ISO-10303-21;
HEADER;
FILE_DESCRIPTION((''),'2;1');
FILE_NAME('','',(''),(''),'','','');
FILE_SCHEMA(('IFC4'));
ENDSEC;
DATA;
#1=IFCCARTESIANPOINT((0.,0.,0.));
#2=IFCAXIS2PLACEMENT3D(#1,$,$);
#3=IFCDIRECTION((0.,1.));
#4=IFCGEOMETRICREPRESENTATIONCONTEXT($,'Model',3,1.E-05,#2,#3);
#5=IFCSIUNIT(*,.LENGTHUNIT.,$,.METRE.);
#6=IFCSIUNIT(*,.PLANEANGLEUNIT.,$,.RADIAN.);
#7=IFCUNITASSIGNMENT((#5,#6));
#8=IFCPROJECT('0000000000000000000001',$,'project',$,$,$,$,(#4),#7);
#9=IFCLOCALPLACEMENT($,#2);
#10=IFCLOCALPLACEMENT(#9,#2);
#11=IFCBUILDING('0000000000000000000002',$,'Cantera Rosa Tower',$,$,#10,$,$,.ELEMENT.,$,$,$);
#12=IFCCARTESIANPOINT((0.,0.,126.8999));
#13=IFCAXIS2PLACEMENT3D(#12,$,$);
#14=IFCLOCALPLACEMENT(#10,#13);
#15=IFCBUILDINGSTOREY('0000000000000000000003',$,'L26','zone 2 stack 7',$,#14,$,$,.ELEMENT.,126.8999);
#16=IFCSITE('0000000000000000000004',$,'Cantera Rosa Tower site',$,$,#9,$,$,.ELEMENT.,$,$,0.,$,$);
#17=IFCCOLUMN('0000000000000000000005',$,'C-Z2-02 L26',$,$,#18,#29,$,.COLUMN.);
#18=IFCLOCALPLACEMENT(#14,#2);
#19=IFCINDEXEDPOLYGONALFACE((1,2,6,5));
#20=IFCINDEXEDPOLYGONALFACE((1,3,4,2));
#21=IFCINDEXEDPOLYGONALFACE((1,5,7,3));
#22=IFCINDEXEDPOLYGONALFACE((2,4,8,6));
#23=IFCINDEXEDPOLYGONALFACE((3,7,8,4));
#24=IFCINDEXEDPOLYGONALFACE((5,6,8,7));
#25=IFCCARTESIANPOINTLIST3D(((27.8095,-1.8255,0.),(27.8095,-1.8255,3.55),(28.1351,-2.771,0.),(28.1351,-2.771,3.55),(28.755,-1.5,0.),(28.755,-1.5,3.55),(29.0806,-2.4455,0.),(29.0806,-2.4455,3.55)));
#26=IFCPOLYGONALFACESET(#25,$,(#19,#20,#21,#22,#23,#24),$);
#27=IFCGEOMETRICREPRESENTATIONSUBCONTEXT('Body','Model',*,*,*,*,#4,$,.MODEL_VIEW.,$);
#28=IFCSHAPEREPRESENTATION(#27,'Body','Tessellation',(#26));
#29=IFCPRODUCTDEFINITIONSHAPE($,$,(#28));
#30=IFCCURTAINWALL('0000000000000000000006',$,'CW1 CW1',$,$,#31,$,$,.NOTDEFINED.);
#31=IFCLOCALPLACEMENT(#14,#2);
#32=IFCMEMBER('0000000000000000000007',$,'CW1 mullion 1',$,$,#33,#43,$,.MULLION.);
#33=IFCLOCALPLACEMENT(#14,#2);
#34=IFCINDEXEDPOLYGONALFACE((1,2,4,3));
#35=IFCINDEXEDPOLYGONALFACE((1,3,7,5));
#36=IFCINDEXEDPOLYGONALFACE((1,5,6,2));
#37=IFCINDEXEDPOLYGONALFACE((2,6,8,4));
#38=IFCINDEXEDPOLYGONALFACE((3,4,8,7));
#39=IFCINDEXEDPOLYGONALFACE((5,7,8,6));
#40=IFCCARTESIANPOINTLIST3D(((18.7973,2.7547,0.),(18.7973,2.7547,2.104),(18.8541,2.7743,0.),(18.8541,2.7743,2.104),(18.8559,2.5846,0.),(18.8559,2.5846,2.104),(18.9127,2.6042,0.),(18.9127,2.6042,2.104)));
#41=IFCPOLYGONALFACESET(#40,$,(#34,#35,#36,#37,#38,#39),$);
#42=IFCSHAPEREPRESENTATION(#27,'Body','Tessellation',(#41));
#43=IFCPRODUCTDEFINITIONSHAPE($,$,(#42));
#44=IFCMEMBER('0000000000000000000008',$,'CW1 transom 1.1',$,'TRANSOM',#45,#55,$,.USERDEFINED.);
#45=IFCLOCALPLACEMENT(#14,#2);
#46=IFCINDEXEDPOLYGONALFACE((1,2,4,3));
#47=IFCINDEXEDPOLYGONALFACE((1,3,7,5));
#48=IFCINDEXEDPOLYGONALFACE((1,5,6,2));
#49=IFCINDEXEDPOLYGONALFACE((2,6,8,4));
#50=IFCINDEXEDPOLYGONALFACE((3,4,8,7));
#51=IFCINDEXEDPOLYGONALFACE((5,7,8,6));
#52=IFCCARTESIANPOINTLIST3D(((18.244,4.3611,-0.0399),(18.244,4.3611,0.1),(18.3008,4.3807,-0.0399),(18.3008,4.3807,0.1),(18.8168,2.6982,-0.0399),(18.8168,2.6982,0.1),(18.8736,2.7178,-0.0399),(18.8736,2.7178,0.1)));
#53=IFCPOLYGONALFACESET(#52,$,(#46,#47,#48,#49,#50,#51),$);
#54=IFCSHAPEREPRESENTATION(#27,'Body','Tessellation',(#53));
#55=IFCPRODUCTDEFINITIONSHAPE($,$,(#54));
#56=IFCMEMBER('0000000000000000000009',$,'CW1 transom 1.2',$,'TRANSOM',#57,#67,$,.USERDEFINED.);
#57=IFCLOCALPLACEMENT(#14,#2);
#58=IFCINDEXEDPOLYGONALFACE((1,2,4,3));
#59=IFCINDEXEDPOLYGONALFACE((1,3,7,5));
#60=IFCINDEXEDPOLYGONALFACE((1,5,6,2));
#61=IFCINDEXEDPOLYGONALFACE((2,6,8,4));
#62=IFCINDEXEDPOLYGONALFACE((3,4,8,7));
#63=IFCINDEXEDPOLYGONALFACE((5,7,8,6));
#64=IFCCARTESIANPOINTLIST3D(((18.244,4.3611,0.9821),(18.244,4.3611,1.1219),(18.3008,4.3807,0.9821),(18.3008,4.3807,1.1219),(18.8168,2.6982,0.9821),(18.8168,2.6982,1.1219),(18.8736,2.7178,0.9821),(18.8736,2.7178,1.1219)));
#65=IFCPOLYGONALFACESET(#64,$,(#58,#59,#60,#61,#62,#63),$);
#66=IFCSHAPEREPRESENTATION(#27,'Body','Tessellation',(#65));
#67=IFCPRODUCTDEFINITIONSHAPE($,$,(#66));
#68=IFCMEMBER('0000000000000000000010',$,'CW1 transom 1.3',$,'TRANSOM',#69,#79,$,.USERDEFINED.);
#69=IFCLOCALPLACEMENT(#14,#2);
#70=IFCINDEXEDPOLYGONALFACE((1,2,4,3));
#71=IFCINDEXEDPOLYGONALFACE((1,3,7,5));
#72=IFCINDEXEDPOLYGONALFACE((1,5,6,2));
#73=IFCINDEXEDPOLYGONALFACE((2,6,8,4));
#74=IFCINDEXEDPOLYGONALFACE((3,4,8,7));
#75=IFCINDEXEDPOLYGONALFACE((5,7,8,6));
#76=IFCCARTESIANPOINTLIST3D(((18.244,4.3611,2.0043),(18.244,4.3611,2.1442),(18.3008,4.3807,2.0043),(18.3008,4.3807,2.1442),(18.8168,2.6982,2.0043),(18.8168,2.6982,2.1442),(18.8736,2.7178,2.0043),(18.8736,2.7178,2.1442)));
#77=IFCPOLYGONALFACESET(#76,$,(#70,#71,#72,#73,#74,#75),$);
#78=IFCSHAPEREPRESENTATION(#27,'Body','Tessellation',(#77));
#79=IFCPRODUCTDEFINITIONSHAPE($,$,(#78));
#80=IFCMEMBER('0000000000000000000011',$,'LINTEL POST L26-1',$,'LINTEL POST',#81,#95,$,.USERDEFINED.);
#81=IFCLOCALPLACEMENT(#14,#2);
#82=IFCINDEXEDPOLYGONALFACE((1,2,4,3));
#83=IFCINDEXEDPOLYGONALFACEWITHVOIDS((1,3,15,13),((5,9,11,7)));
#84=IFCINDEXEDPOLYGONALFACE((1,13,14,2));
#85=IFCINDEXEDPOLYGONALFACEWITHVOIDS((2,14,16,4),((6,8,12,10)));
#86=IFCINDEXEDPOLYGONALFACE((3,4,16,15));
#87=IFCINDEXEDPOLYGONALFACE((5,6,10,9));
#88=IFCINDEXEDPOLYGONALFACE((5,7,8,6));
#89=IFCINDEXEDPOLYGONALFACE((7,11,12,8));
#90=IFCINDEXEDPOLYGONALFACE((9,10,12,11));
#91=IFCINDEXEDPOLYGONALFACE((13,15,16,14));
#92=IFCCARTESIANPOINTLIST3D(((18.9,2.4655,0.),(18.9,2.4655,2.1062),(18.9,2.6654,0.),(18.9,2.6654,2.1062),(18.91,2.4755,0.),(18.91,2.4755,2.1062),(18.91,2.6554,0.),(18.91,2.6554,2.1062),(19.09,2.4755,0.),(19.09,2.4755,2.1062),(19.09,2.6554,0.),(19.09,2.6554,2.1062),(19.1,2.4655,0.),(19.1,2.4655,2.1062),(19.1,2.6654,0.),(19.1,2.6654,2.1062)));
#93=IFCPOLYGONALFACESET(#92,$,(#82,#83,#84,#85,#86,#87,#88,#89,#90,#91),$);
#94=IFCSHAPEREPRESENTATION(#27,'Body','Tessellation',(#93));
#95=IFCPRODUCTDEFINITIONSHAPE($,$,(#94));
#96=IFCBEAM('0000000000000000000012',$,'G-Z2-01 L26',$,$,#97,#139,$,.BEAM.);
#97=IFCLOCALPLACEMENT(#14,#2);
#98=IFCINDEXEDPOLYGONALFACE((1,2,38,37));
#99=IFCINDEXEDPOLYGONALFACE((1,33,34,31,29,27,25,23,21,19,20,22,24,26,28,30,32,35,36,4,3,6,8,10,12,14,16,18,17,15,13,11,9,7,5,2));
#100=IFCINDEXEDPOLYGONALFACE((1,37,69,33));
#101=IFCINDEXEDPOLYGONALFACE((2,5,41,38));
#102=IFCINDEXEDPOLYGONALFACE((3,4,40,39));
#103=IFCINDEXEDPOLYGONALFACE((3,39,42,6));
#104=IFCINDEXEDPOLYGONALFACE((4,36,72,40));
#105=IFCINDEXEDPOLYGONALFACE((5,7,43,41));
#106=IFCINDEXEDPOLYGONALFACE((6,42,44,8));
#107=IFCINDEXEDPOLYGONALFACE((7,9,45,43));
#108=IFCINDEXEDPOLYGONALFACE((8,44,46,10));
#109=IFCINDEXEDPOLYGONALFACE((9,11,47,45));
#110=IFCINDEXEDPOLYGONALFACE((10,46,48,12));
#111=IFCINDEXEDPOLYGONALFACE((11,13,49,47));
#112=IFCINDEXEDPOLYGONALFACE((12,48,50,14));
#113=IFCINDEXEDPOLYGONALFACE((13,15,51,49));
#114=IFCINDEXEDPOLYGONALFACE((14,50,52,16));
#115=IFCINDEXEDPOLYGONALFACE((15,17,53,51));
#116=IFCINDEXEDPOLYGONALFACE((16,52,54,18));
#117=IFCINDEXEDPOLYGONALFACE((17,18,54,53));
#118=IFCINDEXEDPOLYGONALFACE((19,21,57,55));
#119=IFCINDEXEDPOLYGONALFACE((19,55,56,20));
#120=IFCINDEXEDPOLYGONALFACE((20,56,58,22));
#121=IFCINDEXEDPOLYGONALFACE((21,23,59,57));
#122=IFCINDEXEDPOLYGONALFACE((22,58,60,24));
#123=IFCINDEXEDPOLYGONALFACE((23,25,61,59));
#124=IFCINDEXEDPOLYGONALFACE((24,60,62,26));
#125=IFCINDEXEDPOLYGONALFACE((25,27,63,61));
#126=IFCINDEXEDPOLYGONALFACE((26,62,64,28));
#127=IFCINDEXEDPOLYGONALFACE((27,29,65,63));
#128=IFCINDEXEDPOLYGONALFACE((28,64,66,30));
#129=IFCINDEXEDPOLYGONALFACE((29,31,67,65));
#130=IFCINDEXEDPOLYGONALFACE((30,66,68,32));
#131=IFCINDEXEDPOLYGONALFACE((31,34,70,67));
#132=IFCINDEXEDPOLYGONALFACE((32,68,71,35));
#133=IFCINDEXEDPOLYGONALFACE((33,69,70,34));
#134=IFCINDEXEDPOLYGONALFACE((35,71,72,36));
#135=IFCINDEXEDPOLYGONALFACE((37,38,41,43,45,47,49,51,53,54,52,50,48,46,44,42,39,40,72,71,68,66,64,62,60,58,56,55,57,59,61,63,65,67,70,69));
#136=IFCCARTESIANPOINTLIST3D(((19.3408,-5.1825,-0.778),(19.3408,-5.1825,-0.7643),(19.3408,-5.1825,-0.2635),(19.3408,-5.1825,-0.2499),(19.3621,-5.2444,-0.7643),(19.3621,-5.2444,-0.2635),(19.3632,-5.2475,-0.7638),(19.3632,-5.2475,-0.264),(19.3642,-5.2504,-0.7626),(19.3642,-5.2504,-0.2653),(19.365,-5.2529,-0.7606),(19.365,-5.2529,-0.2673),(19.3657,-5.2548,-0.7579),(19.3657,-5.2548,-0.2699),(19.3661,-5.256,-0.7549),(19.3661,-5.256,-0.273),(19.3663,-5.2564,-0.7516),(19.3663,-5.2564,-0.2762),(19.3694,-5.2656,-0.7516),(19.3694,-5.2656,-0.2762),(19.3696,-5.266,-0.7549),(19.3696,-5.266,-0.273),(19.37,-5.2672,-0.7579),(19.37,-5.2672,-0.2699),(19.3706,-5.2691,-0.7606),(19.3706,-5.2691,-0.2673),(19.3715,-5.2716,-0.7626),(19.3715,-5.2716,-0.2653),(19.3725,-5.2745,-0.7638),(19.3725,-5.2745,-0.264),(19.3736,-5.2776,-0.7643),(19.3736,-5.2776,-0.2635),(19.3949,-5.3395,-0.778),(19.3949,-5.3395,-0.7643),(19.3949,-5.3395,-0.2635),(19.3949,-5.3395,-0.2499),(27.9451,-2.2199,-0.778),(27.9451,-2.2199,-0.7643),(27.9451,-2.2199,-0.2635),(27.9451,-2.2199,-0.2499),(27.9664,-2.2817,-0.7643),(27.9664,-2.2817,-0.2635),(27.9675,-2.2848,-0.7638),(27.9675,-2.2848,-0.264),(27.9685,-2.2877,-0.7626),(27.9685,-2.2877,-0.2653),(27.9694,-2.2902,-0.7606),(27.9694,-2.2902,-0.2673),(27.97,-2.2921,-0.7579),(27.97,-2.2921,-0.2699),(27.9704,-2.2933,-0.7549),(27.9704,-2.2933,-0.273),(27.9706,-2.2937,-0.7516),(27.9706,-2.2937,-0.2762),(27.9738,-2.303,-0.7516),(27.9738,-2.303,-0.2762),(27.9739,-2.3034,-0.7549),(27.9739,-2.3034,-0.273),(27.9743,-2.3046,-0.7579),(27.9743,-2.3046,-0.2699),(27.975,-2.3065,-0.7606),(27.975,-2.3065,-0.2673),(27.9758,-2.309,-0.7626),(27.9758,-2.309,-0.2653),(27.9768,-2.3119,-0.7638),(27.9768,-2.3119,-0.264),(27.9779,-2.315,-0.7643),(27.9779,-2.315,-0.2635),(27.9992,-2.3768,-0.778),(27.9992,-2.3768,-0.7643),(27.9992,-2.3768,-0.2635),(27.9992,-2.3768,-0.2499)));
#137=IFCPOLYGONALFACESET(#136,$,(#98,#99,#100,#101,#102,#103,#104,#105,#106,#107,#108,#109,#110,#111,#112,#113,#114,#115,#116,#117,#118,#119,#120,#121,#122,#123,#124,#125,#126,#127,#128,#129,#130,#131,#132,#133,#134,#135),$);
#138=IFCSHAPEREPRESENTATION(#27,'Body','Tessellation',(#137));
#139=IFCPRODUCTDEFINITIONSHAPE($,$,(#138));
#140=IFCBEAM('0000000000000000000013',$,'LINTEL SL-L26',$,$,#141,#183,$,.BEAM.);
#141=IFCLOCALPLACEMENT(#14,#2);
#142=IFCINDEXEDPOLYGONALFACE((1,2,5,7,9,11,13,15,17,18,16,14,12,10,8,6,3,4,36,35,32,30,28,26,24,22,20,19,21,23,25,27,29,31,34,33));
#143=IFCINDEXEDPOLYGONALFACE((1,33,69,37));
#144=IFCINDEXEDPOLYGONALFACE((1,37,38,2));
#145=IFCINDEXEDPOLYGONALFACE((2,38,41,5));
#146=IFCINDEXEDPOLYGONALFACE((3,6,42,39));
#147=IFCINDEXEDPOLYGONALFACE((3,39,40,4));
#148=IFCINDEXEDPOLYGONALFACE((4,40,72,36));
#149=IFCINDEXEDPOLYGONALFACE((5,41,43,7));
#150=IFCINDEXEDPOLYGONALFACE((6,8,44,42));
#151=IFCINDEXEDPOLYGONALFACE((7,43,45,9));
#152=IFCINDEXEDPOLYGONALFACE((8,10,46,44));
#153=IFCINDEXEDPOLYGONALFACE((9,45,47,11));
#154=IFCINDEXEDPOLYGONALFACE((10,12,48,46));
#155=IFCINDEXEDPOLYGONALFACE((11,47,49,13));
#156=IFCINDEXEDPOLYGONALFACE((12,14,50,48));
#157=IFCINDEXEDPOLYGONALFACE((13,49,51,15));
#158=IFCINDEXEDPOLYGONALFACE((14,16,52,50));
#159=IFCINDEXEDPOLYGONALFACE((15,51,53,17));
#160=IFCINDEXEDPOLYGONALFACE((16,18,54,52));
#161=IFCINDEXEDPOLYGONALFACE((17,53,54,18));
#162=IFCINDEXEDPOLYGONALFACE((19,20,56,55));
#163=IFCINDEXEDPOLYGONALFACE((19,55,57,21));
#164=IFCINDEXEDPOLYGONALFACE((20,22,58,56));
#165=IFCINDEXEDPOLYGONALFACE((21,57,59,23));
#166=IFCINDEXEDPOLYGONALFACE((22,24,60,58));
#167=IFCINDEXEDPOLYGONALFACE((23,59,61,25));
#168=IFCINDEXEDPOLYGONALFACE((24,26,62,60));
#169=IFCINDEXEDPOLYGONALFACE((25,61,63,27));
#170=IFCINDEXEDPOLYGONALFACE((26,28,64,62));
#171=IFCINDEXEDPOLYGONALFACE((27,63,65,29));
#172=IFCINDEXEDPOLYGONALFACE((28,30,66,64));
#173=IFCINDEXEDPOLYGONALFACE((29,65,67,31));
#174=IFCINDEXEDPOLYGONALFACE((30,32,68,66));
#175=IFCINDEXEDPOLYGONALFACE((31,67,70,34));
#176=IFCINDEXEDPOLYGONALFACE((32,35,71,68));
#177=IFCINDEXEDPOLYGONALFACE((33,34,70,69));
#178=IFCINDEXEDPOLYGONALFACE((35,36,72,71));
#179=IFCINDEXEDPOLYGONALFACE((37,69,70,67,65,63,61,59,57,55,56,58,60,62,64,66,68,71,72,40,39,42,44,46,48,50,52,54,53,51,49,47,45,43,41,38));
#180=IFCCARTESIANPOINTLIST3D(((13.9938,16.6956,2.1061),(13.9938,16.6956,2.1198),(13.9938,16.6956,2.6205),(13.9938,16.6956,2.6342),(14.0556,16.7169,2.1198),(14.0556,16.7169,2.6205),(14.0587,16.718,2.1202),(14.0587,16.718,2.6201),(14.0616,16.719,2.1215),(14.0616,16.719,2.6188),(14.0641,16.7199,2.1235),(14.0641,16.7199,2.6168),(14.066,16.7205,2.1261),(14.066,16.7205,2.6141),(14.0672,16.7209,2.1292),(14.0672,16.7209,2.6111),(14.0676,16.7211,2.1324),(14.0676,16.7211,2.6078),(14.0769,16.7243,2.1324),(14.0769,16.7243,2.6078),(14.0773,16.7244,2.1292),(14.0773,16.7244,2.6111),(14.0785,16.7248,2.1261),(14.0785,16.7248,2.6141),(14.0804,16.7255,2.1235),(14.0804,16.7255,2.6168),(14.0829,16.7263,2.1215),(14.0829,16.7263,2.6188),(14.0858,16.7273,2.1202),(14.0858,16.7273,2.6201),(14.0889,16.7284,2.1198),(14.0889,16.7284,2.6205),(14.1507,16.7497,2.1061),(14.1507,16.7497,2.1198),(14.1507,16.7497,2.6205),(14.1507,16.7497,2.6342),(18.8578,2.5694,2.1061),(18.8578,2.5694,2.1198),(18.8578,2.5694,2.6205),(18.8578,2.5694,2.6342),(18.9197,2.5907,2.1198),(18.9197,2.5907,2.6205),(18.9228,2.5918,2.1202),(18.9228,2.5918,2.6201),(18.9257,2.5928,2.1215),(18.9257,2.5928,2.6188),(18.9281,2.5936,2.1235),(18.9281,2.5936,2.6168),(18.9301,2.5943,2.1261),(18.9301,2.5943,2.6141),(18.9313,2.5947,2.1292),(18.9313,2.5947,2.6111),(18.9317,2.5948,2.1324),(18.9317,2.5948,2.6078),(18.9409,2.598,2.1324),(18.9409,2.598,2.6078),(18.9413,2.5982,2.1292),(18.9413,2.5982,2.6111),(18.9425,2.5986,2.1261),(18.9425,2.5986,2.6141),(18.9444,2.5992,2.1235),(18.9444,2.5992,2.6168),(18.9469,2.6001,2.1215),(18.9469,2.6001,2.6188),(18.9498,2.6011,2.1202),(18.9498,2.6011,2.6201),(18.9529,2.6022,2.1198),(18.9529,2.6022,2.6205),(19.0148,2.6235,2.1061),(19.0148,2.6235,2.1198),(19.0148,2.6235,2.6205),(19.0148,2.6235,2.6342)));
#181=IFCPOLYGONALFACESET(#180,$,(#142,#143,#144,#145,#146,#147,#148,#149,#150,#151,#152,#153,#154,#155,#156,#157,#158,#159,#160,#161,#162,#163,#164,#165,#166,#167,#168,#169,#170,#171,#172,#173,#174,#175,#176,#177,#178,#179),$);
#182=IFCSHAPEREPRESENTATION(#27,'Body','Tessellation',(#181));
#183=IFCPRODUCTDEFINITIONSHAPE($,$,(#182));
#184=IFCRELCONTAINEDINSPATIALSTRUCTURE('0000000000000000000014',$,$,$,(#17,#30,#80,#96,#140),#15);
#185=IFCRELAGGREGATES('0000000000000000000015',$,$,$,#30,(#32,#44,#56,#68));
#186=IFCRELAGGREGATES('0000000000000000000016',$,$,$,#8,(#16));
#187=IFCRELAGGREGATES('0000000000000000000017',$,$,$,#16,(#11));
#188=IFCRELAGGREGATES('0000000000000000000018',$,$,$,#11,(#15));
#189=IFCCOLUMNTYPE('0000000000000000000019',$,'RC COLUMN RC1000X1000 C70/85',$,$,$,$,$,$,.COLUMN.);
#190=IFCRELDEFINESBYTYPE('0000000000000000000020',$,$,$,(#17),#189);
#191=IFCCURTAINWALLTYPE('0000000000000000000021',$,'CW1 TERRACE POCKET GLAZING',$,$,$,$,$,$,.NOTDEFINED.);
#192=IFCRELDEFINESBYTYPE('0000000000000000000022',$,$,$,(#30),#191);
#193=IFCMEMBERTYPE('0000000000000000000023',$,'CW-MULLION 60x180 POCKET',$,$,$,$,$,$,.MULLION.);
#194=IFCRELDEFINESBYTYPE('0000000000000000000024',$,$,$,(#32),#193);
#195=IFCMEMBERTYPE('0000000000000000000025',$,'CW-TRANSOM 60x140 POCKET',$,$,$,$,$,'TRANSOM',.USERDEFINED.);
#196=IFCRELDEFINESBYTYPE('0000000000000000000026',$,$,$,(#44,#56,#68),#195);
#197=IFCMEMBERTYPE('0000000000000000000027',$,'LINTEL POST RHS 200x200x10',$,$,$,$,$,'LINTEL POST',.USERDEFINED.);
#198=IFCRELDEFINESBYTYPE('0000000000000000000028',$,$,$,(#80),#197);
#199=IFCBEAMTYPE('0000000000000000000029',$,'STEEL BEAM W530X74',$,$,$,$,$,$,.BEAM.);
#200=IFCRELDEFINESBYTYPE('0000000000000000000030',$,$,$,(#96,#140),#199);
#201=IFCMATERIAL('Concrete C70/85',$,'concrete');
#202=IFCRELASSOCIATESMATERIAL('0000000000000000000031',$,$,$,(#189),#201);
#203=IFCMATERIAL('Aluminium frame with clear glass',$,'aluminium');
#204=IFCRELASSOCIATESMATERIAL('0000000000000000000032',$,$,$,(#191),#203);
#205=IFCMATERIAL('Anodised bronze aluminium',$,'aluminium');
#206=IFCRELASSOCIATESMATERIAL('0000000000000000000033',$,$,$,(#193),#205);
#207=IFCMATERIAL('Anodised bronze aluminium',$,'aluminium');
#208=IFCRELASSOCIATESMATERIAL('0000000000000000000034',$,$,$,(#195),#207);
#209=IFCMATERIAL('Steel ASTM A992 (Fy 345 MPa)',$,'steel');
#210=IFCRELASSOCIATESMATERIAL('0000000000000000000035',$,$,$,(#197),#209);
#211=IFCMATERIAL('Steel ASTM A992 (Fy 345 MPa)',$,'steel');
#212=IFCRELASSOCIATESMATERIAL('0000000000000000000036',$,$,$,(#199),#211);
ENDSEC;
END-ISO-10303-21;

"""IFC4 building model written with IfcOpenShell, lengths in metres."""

from ifc_helpers import new_model, si_unit, direction, frame, origin, origin_2d, place, context, subcontext, project, spatial, rectangle, hollow_rectangle, i_section, extrude, material, material_profile, profile_set, type_object, element, aggregate, save


model = new_model("IFC4")

# Units and contexts
model_context = context("Model", 3, precision=1e-05, world=origin(), true_north=direction((0.0, 1.0)))
body_context = subcontext(model_context, "Body", "Model", "MODEL_VIEW")
ifc_project = project(units=[si_unit("LENGTHUNIT", "METRE"), si_unit("PLANEANGLEUNIT", "RADIAN")], contexts=[model_context])

# Site, building, storey
site_placement = place(None, origin())
site = spatial("IfcSite", under=ifc_project, at=site_placement, Name="Cantera Rosa Tower site", CompositionType="ELEMENT", RefElevation=0.0)
building_placement = place(site_placement, origin())
building = spatial("IfcBuilding", under=site, at=building_placement, Name="Cantera Rosa Tower", CompositionType="ELEMENT")
storey_placement = place(building_placement, frame((0.0, 0.0, 126.8999)))
storey = spatial("IfcBuildingStorey", under=building, at=storey_placement, Name="L26", Description="zone 2 stack 7", CompositionType="ELEMENT", Elevation=126.8999)

# Column
ifc_material_1 = material(Name="Concrete C70/85", Category="concrete")
ifc_material_profile_1 = material_profile(ifc_material_1, rectangle(XDim=1.0, YDim=1.0, at=origin_2d()), Name="RC COLUMN RC1000X1000 C70/85")
ifc_profile_set_1 = profile_set([ifc_material_profile_1], Name="Concrete C70/85")
column_type = type_object("IfcColumnType", Name="RC COLUMN RC1000X1000 C70/85", PredefinedType="COLUMN", material=ifc_profile_set_1)
column_placement = place(storey_placement, frame((28.4451, -2.1355, 0.0), z_axis=(0.0, 0.0, 1.0), x_axis=(0.945519, 0.325568, 0.0)))
element("IfcColumn", 1, at=column_placement, inside=storey, type_object=column_type, Name="C-Z2-02 L26", PredefinedType="COLUMN", context=body_context, shape_type="SweptSolid", body=[
    extrude(rectangle(XDim=1.0, YDim=1.0, at=origin_2d()), origin(), (0.0, 0.0, 1.0), 3.55),
])

# Curtain wall, members
ifc_material_2 = material(Name="Aluminium frame with clear glass", Category="aluminium")
curtain_wall_type = type_object("IfcCurtainWallType", Name="CW1 TERRACE POCKET GLAZING", PredefinedType="NOTDEFINED", material=ifc_material_2)
curtain_wall_placement = place(storey_placement, origin())
curtain_wall = element("IfcCurtainWall", 2, at=curtain_wall_placement, inside=storey, type_object=curtain_wall_type, Name="CW1 CW1", PredefinedType="NOTDEFINED")
ifc_material_3 = material(Name="Anodised bronze aluminium", Category="aluminium")
ifc_material_profile_2 = material_profile(ifc_material_3, rectangle(XDim=0.0601, YDim=0.1799, at=origin_2d()), Name="CW-MULLION 60x180 POCKET")
ifc_profile_set_2 = profile_set([ifc_material_profile_2], Name="Anodised bronze aluminium")
member_type_1 = type_object("IfcMemberType", Name="CW-MULLION 60x180 POCKET", PredefinedType="MULLION", material=ifc_profile_set_2)
member_1_placement = place(storey_placement, frame((18.855, 2.6794, 0.0), z_axis=(0.0, 0.0, 1.0), x_axis=(-0.945519, -0.325568, 0.0)))
member_1 = element("IfcMember", 3, at=member_1_placement, type_object=member_type_1, Name="CW1 mullion 1", PredefinedType="MULLION", context=body_context, shape_type="SweptSolid", body=[
    extrude(rectangle(XDim=0.0601, YDim=0.1799, at=origin_2d()), origin(), (0.0, 0.0, 1.0), 2.104),
])
ifc_material_4 = material(Name="Anodised bronze aluminium", Category="aluminium")
ifc_material_profile_3 = material_profile(ifc_material_4, rectangle(XDim=0.0601, YDim=0.1399, at=origin_2d()), Name="CW-TRANSOM 60x140 POCKET")
ifc_profile_set_3 = profile_set([ifc_material_profile_3], Name="Anodised bronze aluminium")
member_type_2 = type_object("IfcMemberType", Name="CW-TRANSOM 60x140 POCKET", ElementType="TRANSOM", PredefinedType="USERDEFINED", material=ifc_profile_set_3)
member_2_placement = place(storey_placement, frame((18.8452, 2.708, 0.03), z_axis=(-0.325666, 0.945485, 0.0), x_axis=(-0.945485, -0.325666, 0.0)))
member_2 = element("IfcMember", 4, at=member_2_placement, type_object=member_type_2, Name="CW1 transom 1.1", ObjectType="TRANSOM", PredefinedType="USERDEFINED", context=body_context, shape_type="SweptSolid", body=[
    extrude(rectangle(XDim=0.0601, YDim=0.1399, at=origin_2d()), origin(), (0.0, 0.0, 1.0), 1.7588),
])
member_3_placement = place(storey_placement, frame((18.8452, 2.708, 1.052), z_axis=(-0.325666, 0.945485, 0.0), x_axis=(-0.945485, -0.325666, 0.0)))
member_3 = element("IfcMember", 5, at=member_3_placement, type_object=member_type_2, Name="CW1 transom 1.2", ObjectType="TRANSOM", PredefinedType="USERDEFINED", context=body_context, shape_type="SweptSolid", body=[
    extrude(rectangle(XDim=0.0601, YDim=0.1399, at=origin_2d()), origin(), (0.0, 0.0, 1.0), 1.7588),
])
member_4_placement = place(storey_placement, frame((18.8452, 2.708, 2.0742), z_axis=(-0.325666, 0.945485, 0.0), x_axis=(-0.945485, -0.325666, 0.0)))
member_4 = element("IfcMember", 6, at=member_4_placement, type_object=member_type_2, Name="CW1 transom 1.3", ObjectType="TRANSOM", PredefinedType="USERDEFINED", context=body_context, shape_type="SweptSolid", body=[
    extrude(rectangle(XDim=0.0601, YDim=0.1399, at=origin_2d()), origin(), (0.0, 0.0, 1.0), 1.7588),
])

# Member
ifc_material_5 = material(Name="Steel ASTM A992 (Fy 345 MPa)", Category="steel")
ifc_material_profile_4 = material_profile(ifc_material_5, hollow_rectangle(XDim=0.2, YDim=0.2, WallThickness=0.01, at=origin_2d()), Name="LINTEL POST RHS 200x200x10")
ifc_profile_set_4 = profile_set([ifc_material_profile_4], Name="Steel ASTM A992 (Fy 345 MPa)")
member_type_3 = type_object("IfcMemberType", Name="LINTEL POST RHS 200x200x10", ElementType="LINTEL POST", PredefinedType="USERDEFINED", material=ifc_profile_set_4)
member_5_placement = place(storey_placement, frame((19.0, 2.5654, 0.0), z_axis=(0.0, 0.0, 1.0), x_axis=(1.0, 0.0, 0.0)))
element("IfcMember", 7, at=member_5_placement, inside=storey, type_object=member_type_3, Name="LINTEL POST L26-1", ObjectType="LINTEL POST", PredefinedType="USERDEFINED", context=body_context, shape_type="SweptSolid", body=[
    extrude(hollow_rectangle(XDim=0.2, YDim=0.2, WallThickness=0.01, at=origin_2d()), origin(), (0.0, 0.0, 1.0), 2.1062),
])

# Beams
ifc_material_6 = material(Name="Steel ASTM A992 (Fy 345 MPa)", Category="steel")
ifc_material_profile_5 = material_profile(ifc_material_6, i_section(OverallWidth=0.166, OverallDepth=0.5281, WebThickness=0.0098, FlangeThickness=0.0137, FilletRadius=0.0127, at=origin_2d()), Name="W530X74")
ifc_profile_set_5 = profile_set([ifc_material_profile_5], Name="Steel ASTM A992 (Fy 345 MPa)")
beam_type_1 = type_object("IfcBeamType", Name="STEEL BEAM W530X74", PredefinedType="BEAM", material=ifc_profile_set_5)
beam_1_placement = place(storey_placement, frame((27.9722, -2.2983, -0.5139), z_axis=(-0.94552, -0.325565, 0.0), x_axis=(0.325565, -0.94552, 0.0)))
element("IfcBeam", 8, at=beam_1_placement, inside=storey, type_object=beam_type_1, Name="G-Z2-01 L26", PredefinedType="BEAM", context=body_context, shape_type="SweptSolid", body=[
    extrude(i_section(OverallWidth=0.166, OverallDepth=0.5281, WebThickness=0.0098, FlangeThickness=0.0137, FilletRadius=0.0127, at=origin_2d()), origin(), (0.0, 0.0, 1.0), 9.1001),
])
beam_2_placement = place(storey_placement, frame((18.9363, 2.5964, 2.3701), z_axis=(-0.325566, 0.945519, 0.0), x_axis=(-0.945519, -0.325566, 0.0)))
element("IfcBeam", 9, at=beam_2_placement, inside=storey, type_object=beam_type_1, Name="LINTEL SL-L26", PredefinedType="BEAM", context=body_context, shape_type="SweptSolid", body=[
    extrude(i_section(OverallWidth=0.166, OverallDepth=0.5281, WebThickness=0.0098, FlangeThickness=0.0137, FilletRadius=0.0127, at=origin_2d()), origin(), (0.0, 0.0, 1.0), 14.9402),
])

aggregate(curtain_wall, [member_1, member_2, member_3, member_4])

save(model, "model.ifc")
